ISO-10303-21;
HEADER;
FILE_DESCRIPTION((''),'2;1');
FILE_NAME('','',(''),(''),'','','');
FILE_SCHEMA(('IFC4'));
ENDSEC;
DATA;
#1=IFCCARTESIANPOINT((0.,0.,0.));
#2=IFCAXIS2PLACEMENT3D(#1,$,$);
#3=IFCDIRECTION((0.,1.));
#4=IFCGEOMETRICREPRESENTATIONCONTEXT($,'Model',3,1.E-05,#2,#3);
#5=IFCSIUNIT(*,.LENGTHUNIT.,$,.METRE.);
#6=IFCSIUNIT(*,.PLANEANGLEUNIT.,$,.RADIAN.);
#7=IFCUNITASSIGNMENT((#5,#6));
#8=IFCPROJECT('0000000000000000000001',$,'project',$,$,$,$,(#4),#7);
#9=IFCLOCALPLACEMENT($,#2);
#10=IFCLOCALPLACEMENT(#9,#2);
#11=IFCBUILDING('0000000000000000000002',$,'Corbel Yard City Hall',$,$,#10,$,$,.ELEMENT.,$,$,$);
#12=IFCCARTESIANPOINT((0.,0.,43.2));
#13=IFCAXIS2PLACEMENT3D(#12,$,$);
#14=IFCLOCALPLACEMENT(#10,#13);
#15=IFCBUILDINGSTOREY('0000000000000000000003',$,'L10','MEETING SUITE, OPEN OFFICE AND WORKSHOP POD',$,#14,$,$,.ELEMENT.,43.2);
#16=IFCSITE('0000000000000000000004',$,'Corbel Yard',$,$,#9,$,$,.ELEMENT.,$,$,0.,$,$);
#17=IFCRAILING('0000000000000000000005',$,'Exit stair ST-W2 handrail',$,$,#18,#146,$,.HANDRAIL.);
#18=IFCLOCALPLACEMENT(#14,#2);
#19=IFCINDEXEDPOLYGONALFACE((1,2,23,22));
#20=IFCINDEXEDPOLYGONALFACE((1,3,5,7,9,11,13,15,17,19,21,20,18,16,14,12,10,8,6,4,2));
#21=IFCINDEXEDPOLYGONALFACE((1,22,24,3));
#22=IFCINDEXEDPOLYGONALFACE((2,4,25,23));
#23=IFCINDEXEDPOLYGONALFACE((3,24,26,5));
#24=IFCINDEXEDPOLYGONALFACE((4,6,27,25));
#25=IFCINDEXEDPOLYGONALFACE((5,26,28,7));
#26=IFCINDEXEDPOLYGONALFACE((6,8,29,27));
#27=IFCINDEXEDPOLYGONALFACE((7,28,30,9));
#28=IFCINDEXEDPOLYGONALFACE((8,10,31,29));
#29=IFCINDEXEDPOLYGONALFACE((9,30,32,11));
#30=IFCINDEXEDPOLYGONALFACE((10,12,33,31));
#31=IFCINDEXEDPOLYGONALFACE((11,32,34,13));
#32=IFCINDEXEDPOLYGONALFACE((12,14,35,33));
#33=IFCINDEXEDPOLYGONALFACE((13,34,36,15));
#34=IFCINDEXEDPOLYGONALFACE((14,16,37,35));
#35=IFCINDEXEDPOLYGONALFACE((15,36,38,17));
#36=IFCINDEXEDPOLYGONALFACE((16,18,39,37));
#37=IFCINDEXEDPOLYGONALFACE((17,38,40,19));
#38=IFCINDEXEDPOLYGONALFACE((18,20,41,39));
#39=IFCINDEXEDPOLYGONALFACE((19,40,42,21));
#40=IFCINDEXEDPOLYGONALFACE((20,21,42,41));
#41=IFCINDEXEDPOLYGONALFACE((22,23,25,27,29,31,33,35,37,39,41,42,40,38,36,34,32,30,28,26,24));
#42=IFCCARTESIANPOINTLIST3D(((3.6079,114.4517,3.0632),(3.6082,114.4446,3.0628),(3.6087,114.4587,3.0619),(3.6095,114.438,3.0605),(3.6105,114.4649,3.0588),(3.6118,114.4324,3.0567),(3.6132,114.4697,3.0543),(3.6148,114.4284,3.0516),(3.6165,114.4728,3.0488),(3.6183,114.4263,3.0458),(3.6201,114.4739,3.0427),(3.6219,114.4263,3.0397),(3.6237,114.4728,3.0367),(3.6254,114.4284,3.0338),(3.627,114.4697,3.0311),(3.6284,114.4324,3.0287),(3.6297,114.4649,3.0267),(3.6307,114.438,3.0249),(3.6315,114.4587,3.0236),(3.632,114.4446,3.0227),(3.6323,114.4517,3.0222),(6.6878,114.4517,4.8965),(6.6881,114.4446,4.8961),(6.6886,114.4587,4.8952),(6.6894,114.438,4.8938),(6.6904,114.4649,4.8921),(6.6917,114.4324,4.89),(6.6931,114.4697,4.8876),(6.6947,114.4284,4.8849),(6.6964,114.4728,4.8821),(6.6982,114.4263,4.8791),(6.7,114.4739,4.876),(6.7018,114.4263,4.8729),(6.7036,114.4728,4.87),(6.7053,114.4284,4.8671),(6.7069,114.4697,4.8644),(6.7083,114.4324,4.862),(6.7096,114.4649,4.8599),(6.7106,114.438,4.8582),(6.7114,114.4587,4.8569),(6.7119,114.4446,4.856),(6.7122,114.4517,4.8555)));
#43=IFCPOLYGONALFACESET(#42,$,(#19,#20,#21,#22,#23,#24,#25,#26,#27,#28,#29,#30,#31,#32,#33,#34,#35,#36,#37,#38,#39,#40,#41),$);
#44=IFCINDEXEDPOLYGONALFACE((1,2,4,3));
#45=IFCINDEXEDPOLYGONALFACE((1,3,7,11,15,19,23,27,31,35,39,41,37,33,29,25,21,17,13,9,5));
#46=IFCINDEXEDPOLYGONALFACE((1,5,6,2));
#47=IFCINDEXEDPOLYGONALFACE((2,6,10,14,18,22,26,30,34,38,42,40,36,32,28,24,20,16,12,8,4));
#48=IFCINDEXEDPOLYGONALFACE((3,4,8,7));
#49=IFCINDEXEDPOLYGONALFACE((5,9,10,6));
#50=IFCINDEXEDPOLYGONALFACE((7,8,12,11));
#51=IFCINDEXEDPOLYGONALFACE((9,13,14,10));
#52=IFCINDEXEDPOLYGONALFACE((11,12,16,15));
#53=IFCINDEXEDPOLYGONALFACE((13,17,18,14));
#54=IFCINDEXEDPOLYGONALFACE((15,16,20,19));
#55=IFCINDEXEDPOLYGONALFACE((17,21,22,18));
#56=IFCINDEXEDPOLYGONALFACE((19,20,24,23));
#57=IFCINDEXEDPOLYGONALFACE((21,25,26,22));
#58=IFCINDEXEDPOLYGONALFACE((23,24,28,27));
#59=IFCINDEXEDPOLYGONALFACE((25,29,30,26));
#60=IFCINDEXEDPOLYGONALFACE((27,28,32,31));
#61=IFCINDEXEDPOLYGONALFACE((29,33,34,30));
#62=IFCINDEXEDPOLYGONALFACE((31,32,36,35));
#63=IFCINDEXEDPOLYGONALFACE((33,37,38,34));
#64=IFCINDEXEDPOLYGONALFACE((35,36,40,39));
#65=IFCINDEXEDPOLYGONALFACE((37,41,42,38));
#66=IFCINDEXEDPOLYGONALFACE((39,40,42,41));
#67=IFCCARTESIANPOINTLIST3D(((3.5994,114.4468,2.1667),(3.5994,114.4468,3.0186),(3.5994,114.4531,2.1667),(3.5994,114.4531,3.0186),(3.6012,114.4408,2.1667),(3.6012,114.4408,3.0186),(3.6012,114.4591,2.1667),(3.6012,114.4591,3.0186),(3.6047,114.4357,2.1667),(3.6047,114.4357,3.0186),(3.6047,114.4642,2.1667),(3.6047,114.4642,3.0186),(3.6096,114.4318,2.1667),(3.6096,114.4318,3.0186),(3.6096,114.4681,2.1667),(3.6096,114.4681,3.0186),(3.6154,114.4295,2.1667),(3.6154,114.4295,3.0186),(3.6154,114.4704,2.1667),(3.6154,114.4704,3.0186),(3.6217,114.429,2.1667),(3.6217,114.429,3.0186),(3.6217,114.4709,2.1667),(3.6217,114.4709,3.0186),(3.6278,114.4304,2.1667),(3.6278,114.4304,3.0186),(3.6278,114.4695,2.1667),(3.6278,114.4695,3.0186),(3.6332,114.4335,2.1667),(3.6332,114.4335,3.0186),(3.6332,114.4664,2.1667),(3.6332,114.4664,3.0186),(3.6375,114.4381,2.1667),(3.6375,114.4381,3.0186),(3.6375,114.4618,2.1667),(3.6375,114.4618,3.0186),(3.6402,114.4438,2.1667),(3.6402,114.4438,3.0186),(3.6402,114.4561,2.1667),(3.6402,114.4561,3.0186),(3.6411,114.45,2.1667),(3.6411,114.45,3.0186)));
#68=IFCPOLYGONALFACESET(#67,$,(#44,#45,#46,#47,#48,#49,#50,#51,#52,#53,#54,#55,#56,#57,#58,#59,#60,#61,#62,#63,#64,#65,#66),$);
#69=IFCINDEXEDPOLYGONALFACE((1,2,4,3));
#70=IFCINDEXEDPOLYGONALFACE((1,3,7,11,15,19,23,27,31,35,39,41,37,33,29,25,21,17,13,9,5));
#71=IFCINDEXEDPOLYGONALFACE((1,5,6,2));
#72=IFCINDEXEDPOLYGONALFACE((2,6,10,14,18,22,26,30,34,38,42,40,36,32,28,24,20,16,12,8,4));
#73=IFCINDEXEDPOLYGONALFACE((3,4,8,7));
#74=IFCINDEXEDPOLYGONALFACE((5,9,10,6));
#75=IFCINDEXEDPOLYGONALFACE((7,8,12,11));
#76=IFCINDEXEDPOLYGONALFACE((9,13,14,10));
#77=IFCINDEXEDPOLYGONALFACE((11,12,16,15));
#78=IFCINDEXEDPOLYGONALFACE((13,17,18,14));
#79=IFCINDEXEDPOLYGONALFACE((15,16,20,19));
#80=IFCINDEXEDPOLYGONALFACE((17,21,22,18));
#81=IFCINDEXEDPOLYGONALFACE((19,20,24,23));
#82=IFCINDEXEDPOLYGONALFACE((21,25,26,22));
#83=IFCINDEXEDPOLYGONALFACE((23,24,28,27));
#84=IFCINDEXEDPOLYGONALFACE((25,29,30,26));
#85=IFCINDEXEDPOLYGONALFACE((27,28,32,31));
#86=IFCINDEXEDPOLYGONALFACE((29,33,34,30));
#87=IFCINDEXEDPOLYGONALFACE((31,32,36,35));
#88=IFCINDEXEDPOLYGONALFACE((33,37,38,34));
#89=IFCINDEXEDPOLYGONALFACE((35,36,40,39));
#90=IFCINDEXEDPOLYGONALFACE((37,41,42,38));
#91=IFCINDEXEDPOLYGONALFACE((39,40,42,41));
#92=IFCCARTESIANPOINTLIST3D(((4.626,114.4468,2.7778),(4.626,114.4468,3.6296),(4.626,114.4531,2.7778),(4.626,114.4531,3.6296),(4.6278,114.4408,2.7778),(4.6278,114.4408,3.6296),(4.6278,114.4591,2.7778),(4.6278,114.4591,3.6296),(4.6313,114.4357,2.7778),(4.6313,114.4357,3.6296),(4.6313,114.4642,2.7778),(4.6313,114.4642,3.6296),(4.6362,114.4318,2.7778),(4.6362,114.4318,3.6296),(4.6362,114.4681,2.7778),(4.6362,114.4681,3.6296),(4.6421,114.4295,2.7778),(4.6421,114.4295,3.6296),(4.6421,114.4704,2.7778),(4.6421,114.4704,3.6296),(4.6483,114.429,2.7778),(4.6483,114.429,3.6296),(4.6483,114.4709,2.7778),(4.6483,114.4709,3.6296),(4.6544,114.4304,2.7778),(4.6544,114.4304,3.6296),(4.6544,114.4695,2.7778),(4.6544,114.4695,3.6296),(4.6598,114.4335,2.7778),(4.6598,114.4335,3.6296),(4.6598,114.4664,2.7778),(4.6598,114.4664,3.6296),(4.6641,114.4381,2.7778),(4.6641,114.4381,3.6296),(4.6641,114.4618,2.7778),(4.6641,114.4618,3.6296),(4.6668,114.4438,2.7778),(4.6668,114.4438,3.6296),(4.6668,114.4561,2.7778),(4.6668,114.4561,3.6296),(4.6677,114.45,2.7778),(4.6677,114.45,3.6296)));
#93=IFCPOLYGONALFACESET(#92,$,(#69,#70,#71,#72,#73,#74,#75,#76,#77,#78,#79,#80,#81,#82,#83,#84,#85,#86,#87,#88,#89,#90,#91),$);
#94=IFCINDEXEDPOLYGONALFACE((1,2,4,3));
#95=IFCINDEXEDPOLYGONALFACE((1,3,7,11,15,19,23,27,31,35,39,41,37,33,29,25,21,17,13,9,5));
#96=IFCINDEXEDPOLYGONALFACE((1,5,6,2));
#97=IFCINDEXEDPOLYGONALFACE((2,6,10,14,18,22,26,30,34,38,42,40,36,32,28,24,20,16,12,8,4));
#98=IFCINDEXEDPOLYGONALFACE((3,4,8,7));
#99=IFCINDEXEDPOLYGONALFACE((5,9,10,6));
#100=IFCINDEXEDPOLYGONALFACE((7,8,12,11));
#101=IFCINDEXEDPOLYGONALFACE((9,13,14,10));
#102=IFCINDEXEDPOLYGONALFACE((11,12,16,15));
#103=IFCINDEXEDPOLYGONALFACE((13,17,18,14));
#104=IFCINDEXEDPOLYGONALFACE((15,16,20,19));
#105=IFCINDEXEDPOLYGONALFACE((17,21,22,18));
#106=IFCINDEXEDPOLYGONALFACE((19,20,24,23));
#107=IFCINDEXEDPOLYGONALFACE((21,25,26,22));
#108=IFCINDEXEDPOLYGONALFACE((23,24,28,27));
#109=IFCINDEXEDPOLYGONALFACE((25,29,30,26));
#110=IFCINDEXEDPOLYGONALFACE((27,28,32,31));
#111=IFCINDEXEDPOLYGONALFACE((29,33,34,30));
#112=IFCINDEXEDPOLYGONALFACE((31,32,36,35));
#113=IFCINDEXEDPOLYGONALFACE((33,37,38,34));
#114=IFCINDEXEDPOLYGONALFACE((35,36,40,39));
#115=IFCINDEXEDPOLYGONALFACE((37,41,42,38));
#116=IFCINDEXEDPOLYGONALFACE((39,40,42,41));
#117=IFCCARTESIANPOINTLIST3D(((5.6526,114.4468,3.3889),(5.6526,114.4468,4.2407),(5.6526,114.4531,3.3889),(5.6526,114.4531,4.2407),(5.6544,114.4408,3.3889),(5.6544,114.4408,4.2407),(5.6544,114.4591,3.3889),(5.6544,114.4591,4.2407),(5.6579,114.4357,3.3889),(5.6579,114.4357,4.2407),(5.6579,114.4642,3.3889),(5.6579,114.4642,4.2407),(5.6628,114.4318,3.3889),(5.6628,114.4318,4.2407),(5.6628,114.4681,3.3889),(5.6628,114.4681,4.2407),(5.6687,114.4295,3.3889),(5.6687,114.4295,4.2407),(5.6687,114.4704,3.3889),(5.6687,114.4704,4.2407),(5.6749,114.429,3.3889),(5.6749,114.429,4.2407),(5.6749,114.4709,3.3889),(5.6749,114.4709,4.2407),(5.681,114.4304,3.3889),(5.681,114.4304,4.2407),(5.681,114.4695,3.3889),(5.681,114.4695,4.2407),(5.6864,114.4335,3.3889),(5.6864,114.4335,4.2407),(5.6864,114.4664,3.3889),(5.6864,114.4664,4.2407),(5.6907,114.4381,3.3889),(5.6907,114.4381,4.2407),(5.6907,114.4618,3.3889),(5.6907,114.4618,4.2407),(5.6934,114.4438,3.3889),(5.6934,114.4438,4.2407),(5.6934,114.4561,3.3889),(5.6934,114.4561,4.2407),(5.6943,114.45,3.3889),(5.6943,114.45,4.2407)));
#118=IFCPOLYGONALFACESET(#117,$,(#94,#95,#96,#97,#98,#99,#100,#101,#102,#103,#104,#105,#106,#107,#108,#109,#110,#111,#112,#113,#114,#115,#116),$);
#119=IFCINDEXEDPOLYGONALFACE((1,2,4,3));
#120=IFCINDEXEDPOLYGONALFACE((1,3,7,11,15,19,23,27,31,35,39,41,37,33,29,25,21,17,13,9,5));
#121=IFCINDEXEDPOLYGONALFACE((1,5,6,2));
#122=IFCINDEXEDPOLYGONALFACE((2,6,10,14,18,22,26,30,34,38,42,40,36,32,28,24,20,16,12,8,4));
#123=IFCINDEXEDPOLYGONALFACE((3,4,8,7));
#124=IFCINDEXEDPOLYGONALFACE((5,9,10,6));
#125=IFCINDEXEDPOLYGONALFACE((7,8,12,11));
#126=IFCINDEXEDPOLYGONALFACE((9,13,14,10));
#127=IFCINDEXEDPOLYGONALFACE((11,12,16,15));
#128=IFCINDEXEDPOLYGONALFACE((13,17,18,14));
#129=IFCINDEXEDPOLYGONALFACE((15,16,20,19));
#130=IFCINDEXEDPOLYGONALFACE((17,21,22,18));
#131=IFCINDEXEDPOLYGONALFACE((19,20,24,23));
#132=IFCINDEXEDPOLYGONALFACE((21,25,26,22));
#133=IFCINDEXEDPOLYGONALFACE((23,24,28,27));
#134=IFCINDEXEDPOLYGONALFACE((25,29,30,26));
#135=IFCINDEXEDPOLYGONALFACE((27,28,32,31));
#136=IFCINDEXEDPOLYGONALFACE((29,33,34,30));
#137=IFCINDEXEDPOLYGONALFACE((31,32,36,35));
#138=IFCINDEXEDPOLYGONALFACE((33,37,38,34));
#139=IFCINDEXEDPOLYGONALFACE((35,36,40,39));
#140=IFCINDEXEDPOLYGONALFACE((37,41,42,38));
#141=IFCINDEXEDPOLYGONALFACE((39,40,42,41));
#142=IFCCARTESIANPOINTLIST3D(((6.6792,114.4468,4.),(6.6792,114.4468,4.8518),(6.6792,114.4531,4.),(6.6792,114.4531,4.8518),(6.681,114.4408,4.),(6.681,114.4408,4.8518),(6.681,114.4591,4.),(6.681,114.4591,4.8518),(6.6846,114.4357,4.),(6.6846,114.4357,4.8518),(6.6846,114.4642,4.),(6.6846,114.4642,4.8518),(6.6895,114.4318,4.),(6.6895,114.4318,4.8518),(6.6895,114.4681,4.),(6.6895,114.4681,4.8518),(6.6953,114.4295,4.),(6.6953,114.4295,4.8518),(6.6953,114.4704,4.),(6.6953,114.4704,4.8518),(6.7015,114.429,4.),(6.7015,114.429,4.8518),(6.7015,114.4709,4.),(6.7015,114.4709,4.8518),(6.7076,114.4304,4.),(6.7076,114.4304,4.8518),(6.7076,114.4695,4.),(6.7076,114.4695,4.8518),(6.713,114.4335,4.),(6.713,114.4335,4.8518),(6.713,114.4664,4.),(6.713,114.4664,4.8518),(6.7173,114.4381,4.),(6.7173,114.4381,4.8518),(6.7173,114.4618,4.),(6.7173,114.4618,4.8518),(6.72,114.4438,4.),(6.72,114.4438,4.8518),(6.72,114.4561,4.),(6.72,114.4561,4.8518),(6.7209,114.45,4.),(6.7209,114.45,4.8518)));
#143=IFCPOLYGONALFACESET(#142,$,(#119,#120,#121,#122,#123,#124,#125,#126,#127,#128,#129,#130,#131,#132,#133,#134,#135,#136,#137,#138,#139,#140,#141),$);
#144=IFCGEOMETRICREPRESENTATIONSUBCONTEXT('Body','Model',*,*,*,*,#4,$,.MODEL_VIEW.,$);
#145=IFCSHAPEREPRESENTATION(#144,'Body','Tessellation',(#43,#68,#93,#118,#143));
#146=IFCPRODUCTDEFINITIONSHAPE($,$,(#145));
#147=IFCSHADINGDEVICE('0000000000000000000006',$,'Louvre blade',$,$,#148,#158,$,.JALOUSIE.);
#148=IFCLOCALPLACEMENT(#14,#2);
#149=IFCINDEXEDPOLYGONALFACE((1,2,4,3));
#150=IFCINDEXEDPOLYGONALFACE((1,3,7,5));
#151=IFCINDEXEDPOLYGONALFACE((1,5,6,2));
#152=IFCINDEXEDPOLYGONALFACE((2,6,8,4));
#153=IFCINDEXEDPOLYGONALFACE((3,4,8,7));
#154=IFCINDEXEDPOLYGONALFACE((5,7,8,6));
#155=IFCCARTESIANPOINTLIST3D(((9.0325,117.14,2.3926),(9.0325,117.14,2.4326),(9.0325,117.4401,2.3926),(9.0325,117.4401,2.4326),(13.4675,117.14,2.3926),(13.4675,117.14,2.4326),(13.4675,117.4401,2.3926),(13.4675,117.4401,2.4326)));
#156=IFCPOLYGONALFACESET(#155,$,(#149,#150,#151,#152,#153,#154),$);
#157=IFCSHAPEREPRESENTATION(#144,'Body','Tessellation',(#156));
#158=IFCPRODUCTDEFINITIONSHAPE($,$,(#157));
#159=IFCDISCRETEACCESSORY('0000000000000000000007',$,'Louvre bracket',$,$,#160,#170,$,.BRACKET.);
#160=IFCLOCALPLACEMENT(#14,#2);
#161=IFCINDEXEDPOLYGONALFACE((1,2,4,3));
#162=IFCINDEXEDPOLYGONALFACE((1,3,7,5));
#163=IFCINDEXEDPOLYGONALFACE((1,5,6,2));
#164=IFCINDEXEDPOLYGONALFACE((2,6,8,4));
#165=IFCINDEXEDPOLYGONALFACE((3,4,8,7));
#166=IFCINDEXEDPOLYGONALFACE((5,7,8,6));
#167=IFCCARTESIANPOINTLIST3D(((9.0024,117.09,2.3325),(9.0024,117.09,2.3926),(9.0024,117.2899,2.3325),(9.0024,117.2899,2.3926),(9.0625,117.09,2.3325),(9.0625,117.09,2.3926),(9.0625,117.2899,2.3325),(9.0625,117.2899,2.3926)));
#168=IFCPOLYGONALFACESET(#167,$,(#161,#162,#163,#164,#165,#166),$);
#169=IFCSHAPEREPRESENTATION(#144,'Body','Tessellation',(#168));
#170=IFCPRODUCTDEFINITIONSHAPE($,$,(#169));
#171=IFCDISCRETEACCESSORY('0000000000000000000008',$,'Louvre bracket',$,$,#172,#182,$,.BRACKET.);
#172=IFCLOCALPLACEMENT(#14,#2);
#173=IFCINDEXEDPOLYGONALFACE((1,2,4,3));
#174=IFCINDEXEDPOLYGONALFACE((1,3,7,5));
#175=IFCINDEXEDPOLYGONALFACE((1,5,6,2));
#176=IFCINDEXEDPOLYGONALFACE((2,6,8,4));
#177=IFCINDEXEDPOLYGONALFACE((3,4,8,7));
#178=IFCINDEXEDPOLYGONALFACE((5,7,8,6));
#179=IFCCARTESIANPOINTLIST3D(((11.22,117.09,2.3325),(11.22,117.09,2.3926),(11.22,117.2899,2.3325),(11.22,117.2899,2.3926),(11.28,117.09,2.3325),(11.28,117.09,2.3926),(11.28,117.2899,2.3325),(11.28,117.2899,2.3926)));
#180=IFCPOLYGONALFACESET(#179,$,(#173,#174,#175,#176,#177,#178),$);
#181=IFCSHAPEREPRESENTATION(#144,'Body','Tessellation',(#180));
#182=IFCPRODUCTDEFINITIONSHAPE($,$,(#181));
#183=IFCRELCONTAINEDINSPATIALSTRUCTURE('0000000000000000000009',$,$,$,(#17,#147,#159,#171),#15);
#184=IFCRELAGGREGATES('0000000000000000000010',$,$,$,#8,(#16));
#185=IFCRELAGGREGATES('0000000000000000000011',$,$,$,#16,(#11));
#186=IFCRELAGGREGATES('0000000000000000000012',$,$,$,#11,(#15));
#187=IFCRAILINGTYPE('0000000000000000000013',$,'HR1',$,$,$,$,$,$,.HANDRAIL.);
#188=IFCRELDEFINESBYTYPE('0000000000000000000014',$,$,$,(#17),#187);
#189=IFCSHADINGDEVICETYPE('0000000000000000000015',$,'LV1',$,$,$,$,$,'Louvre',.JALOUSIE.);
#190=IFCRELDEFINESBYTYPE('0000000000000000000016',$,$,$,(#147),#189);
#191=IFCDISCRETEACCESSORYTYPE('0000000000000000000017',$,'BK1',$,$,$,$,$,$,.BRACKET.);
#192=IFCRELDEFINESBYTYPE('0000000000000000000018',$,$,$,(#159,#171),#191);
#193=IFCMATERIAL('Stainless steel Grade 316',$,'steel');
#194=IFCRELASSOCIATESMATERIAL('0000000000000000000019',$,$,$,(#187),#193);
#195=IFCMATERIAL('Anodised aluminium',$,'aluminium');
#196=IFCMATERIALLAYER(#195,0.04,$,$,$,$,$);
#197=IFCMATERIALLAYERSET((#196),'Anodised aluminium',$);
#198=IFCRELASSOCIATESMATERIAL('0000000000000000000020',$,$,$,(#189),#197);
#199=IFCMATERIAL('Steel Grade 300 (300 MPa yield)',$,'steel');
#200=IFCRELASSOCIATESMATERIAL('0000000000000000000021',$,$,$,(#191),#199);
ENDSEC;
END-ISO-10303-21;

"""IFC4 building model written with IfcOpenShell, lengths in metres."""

from ifc_helpers import new_model, si_unit, direction, frame, origin, origin_2d, place, context, subcontext, project, spatial, rectangle, circle, extrude, material, layer, layer_set, type_object, element, save


model = new_model("IFC4")

# Units and contexts
model_context = context("Model", 3, precision=1e-05, world=origin(), true_north=direction((0.0, 1.0)))
body_context = subcontext(model_context, "Body", "Model", "MODEL_VIEW")
ifc_project = project(units=[si_unit("LENGTHUNIT", "METRE"), si_unit("PLANEANGLEUNIT", "RADIAN")], contexts=[model_context])

# Site, building, storey
site_placement = place(None, origin())
site = spatial("IfcSite", under=ifc_project, at=site_placement, Name="Corbel Yard", CompositionType="ELEMENT", RefElevation=0.0)
building_placement = place(site_placement, origin())
building = spatial("IfcBuilding", under=site, at=building_placement, Name="Corbel Yard City Hall", CompositionType="ELEMENT")
storey_placement = place(building_placement, frame((0.0, 0.0, 43.2)))
storey = spatial("IfcBuildingStorey", under=building, at=storey_placement, Name="L10", Description="MEETING SUITE, OPEN OFFICE AND WORKSHOP POD", CompositionType="ELEMENT", Elevation=43.2)

# Railing
ifc_material_1 = material(Name="Stainless steel Grade 316", Category="steel")
railing_type = type_object("IfcRailingType", Name="HR1", PredefinedType="HANDRAIL", material=ifc_material_1)
railing_placement = place(storey_placement, frame((3.6201, 114.45, 2.1667)))
element("IfcRailing", 1, at=railing_placement, inside=storey, type_object=railing_type, Name="Exit stair ST-W2 handrail", PredefinedType="HANDRAIL", context=body_context, shape_type="SweptSolid", body=[
    extrude(circle(Radius=0.0239, at=origin_2d()), frame((0.0, 0.0, 0.876), z_axis=(0.859291, 0.0, 0.511487), x_axis=(0.0, 1.0, 0.0)), (0.0, 0.0, 1.0), 3.5842),
    extrude(circle(Radius=0.021, at=origin_2d()), origin(), (0.0, 0.0, 1.0), 0.8518),
    extrude(circle(Radius=0.021, at=origin_2d()), frame((1.0266, 0.0, 0.6111)), (0.0, 0.0, 1.0), 0.8518),
    extrude(circle(Radius=0.021, at=origin_2d()), frame((2.0532, 0.0, 1.2222)), (0.0, 0.0, 1.0), 0.8518),
    extrude(circle(Radius=0.021, at=origin_2d()), frame((3.0798, 0.0, 1.8333)), (0.0, 0.0, 1.0), 0.8518),
])

# Shading device
ifc_material_2 = material(Name="Anodised aluminium", Category="aluminium")
ifc_layer_1 = layer(ifc_material_2, 0.04)
ifc_layer_set_1 = layer_set([ifc_layer_1], Name="Anodised aluminium")
shading_device_type = type_object("IfcShadingDeviceType", Name="LV1", ElementType="Louvre", PredefinedType="JALOUSIE", material=ifc_layer_set_1)
shading_device_placement = place(storey_placement, frame((11.25, 117.29, 2.3926), z_axis=(0.0, 0.0, 1.0), x_axis=(1.0, 0.0, 0.0)))
element("IfcShadingDevice", 2, at=shading_device_placement, inside=storey, type_object=shading_device_type, Name="Louvre blade", PredefinedType="JALOUSIE", context=body_context, shape_type="SweptSolid", body=[
    extrude(rectangle(XDim=4.4351, YDim=0.3, at=origin_2d()), origin(), (0.0, 0.0, 1.0), 0.04),
])

# Discrete accessories
ifc_material_3 = material(Name="Steel Grade 300 (300 MPa yield)", Category="steel")
discrete_accessory_type = type_object("IfcDiscreteAccessoryType", Name="BK1", PredefinedType="BRACKET", material=ifc_material_3)
for number, where, z_axis, x_axis, name in (
    (3, (9.0325, 117.1899, 2.3325), (0.0, 0.0, 1.0), (1.0, 0.0, 0.0), "Louvre bracket"),
    (4, (11.25, 117.1899, 2.3325), (0.0, 0.0, 1.0), (1.0, 0.0, 0.0), "Louvre bracket"),
):
    element("IfcDiscreteAccessory", number, at=place(storey_placement, frame(where, z_axis=z_axis, x_axis=x_axis)), inside=storey, type_object=discrete_accessory_type, Name=name, PredefinedType="BRACKET", context=body_context, shape_type="SweptSolid", body=[
        extrude(rectangle(XDim=0.0601, YDim=0.2, at=origin_2d()), origin(), (0.0, 0.0, 1.0), 0.0601),
    ])

save(model, "model.ifc")
